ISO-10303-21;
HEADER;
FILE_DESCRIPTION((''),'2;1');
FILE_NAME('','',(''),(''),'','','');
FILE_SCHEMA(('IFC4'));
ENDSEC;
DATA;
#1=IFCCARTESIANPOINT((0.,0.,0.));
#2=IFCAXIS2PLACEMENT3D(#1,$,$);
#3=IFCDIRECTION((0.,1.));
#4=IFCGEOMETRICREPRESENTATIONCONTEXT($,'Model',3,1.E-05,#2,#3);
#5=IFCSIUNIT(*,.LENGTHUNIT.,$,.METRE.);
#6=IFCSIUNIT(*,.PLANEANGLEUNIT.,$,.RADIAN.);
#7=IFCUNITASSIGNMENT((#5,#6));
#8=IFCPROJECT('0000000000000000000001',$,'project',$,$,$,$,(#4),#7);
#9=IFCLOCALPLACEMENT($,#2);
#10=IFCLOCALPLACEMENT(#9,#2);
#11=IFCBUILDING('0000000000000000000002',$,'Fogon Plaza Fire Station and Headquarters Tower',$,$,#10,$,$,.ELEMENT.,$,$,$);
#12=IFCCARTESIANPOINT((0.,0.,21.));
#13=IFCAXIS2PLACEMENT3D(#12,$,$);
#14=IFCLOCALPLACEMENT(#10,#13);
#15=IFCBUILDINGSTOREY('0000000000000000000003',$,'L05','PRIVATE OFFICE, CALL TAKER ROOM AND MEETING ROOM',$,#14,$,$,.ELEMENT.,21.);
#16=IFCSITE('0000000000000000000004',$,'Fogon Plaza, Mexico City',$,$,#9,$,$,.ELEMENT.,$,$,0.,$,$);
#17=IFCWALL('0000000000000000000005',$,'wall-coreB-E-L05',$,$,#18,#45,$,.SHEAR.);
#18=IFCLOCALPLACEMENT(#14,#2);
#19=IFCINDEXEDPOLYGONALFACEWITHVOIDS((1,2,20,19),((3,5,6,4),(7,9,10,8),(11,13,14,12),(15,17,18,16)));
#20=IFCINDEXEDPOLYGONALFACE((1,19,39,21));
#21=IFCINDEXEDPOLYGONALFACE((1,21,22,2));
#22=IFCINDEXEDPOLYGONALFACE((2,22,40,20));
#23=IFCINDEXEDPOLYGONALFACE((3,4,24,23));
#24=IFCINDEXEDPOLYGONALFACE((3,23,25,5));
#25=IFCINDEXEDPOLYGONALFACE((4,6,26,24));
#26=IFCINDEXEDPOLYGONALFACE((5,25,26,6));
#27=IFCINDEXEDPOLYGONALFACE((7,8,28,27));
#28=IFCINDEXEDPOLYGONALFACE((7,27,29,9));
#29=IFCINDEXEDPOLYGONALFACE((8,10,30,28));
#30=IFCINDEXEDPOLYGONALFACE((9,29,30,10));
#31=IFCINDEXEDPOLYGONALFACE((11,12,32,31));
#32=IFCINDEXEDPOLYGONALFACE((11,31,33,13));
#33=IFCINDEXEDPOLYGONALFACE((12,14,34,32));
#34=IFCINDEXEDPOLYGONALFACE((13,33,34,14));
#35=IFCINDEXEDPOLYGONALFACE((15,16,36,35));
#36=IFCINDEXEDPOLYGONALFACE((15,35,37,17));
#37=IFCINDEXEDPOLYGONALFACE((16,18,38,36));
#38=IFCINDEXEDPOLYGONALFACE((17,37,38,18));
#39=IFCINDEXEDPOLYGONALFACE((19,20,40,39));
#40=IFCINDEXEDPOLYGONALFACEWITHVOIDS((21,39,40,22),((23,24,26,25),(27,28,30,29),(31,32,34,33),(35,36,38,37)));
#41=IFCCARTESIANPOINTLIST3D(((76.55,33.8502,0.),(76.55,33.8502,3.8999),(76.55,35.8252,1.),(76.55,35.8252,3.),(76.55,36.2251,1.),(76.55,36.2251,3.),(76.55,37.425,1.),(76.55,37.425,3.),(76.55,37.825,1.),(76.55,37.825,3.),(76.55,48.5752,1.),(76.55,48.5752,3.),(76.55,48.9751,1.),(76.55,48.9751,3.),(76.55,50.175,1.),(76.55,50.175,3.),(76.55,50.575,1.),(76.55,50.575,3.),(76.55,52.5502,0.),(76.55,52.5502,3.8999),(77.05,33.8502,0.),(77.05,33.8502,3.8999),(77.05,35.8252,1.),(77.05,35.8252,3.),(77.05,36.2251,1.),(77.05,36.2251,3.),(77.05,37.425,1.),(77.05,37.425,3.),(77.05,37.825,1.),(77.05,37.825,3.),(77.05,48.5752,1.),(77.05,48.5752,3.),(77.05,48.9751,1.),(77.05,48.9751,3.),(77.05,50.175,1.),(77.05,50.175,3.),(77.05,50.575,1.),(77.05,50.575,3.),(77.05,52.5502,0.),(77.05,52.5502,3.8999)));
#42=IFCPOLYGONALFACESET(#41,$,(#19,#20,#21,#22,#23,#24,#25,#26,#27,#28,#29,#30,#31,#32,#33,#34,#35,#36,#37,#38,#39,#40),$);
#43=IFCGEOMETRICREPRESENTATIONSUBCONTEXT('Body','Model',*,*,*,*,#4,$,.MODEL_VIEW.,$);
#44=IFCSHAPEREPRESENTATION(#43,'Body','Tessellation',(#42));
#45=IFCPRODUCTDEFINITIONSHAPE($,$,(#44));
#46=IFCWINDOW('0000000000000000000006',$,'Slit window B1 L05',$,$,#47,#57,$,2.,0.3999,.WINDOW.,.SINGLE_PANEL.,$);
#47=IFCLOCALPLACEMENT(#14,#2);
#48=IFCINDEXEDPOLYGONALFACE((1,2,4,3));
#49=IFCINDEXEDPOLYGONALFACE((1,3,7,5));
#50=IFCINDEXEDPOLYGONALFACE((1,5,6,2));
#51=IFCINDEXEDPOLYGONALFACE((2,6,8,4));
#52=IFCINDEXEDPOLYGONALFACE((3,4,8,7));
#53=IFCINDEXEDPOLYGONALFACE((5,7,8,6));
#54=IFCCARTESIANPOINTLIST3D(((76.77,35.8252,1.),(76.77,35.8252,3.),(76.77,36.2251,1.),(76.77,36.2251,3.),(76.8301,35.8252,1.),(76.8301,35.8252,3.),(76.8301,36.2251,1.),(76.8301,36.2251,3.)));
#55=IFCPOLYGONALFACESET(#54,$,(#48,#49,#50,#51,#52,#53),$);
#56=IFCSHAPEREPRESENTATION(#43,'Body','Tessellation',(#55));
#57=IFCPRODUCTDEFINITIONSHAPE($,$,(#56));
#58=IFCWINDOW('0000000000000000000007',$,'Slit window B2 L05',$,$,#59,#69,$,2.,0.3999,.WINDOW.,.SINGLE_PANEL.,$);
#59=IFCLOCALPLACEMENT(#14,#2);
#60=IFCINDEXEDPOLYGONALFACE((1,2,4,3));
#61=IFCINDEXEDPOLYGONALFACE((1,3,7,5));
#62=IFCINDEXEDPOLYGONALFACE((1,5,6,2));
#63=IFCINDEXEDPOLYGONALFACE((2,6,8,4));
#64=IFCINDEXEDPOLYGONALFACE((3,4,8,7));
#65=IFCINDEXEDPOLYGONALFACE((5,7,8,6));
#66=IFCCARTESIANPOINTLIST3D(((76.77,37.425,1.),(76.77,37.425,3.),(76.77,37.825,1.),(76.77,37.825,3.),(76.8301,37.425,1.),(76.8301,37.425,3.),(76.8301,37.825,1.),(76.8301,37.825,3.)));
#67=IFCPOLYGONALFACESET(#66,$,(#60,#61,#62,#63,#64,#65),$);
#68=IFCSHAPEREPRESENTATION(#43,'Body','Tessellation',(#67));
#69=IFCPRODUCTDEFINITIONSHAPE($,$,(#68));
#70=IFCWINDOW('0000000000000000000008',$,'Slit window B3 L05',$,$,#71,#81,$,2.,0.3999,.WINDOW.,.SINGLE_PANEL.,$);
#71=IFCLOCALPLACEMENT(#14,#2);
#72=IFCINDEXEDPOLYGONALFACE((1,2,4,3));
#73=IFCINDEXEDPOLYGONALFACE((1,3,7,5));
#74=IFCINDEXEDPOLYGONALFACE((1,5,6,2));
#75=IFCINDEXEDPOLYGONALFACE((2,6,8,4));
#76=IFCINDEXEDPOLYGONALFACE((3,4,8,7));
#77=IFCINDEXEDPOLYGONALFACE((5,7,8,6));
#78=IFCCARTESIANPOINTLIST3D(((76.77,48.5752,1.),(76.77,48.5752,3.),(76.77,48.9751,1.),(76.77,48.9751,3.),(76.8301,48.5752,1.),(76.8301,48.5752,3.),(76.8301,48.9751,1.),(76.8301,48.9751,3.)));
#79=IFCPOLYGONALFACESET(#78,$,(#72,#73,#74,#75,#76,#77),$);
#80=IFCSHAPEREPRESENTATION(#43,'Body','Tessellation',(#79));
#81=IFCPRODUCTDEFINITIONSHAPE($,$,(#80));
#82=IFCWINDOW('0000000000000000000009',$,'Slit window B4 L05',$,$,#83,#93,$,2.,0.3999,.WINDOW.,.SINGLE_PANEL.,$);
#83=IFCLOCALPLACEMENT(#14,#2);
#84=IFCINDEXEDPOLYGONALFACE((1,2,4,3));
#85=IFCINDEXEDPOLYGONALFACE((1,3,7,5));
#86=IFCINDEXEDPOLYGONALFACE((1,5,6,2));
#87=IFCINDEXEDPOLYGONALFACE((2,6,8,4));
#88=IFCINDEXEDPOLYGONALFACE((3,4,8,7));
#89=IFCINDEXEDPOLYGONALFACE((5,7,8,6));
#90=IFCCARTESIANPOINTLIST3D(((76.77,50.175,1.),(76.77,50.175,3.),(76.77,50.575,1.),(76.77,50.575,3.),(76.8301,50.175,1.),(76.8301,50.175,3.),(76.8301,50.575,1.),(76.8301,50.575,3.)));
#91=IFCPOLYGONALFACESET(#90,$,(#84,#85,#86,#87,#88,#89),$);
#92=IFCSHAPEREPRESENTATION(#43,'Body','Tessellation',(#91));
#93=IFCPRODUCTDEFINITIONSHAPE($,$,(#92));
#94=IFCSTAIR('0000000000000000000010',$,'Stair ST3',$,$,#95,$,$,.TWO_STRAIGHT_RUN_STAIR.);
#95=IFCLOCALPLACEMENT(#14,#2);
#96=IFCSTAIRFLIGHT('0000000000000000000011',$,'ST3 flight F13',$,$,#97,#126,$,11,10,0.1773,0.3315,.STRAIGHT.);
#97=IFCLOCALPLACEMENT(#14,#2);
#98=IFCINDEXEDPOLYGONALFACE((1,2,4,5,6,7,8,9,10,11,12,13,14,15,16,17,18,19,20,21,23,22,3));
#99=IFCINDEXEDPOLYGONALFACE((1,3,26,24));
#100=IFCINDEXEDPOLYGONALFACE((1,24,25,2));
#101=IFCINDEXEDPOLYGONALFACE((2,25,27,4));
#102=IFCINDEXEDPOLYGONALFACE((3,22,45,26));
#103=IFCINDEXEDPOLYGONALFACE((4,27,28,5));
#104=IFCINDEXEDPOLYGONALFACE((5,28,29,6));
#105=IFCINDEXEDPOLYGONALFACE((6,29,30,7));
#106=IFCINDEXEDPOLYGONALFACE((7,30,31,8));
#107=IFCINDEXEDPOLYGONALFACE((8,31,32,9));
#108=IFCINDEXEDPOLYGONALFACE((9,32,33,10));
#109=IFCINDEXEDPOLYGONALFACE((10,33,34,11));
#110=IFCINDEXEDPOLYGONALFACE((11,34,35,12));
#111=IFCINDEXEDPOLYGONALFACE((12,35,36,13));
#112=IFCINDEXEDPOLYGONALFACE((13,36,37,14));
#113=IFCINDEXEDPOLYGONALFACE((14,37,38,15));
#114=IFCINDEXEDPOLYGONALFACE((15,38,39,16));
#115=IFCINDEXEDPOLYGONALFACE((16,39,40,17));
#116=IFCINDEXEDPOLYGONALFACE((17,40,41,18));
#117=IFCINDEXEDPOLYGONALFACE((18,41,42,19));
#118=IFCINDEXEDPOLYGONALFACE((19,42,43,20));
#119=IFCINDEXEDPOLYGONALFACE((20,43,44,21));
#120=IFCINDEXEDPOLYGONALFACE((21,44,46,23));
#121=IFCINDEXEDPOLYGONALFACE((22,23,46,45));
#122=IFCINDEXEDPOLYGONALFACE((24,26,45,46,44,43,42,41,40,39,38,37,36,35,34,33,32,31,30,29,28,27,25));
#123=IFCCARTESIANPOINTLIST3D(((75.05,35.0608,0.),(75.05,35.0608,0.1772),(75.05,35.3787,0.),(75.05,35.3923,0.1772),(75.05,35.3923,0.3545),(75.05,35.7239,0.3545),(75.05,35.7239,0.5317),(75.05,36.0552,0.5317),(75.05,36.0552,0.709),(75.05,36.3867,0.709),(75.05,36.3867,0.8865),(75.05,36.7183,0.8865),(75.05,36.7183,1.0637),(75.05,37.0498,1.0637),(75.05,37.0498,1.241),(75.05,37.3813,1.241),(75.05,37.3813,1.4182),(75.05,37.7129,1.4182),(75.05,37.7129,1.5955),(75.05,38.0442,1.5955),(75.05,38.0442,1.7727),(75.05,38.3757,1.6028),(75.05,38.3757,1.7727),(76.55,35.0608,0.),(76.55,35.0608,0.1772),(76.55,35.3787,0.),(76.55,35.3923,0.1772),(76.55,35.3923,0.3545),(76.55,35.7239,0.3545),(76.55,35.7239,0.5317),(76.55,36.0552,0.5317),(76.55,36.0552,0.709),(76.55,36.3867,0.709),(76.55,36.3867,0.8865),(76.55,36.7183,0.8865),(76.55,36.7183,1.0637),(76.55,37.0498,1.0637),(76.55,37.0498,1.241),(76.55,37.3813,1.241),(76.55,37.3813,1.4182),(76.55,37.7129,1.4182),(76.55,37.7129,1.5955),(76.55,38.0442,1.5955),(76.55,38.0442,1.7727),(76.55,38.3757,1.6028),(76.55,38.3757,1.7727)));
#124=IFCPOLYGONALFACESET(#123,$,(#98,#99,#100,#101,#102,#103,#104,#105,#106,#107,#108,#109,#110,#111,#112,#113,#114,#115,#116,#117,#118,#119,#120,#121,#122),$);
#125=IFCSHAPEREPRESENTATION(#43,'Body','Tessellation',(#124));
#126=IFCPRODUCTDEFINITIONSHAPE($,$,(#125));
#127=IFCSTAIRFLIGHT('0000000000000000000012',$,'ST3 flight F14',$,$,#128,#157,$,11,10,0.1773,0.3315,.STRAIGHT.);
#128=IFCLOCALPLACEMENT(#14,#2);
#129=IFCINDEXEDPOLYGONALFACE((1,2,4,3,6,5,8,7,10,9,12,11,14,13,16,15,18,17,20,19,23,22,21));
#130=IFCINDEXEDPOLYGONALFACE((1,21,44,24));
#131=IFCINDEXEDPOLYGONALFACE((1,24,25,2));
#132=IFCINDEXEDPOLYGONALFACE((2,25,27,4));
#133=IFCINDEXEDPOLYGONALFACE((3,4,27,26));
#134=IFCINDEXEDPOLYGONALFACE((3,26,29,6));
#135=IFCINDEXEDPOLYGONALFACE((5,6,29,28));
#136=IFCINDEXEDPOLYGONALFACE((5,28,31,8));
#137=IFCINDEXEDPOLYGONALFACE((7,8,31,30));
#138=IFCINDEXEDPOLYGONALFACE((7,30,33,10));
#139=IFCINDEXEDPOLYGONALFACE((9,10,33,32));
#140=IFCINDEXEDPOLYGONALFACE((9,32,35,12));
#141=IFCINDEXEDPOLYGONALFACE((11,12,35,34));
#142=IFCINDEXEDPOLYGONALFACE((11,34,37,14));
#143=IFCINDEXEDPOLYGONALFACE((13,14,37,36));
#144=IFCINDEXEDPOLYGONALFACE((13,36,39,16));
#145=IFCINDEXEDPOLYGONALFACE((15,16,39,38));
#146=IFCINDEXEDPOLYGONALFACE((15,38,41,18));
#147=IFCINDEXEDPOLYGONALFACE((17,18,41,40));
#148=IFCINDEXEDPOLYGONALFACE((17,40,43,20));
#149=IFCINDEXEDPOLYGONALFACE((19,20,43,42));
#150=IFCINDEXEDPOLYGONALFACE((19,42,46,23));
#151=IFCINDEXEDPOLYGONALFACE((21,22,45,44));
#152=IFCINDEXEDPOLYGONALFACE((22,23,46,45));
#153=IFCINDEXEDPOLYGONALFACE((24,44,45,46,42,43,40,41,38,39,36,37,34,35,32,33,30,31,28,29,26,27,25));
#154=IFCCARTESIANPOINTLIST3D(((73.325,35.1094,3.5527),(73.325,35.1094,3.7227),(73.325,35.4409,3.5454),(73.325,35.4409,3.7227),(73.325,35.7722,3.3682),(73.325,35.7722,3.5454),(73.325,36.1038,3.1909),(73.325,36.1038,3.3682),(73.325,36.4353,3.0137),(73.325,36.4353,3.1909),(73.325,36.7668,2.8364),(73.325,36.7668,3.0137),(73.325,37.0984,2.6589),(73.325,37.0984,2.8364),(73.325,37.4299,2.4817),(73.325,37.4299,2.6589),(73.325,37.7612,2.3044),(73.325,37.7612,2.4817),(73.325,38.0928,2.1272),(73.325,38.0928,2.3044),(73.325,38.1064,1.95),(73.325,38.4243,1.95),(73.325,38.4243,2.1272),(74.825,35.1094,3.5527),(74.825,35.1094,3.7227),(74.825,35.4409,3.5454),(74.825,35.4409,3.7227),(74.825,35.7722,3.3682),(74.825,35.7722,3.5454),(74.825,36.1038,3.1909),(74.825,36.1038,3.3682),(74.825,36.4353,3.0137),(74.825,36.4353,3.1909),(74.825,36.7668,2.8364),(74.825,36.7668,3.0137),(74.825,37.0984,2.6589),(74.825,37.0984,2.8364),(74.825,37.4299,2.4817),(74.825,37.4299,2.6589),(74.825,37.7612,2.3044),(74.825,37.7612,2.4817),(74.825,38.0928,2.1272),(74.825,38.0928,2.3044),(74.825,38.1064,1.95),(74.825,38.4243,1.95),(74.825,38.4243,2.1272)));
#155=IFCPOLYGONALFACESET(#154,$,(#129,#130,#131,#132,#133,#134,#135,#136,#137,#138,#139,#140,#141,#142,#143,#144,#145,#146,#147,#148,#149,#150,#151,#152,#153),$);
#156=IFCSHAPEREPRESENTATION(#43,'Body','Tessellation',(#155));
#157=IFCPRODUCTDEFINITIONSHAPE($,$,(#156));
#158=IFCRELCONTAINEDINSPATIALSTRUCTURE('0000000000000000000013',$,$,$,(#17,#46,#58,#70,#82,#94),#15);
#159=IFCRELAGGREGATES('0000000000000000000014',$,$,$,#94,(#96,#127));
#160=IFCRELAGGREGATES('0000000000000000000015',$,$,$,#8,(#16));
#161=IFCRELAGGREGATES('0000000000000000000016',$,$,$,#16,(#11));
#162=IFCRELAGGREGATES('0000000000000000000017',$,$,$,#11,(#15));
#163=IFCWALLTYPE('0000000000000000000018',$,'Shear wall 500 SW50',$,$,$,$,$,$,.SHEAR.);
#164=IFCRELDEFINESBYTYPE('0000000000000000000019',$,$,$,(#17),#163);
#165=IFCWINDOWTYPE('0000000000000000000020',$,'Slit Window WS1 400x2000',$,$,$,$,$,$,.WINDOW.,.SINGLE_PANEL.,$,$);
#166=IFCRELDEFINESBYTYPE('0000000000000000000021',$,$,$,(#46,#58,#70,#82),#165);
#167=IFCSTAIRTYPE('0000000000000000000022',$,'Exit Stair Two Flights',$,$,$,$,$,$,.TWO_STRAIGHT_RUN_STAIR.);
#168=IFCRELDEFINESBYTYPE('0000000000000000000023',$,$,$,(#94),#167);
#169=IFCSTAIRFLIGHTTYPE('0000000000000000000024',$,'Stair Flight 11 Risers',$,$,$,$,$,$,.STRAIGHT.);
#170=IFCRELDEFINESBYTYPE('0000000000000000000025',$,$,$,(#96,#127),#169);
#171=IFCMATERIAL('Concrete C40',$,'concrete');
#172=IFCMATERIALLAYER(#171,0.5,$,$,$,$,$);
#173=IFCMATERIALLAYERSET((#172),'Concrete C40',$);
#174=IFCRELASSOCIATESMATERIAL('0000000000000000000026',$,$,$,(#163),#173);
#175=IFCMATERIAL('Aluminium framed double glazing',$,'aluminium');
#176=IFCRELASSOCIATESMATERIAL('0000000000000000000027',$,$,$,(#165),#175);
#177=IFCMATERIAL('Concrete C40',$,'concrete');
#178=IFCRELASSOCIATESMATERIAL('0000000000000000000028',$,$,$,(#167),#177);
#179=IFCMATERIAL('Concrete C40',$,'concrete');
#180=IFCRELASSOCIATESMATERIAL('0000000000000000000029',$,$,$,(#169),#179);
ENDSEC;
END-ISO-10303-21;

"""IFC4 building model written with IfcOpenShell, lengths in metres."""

from ifc_helpers import new_model, si_unit, direction, frame, frame_2d, origin, place, context, subcontext, project, spatial, polyline, rectangle, outline, extrude, material, layer, layer_set, type_object, element, fill, aggregate, save


model = new_model("IFC4")

# Units and contexts
model_context = context("Model", 3, precision=1e-05, world=origin(), true_north=direction((0.0, 1.0)))
body_context = subcontext(model_context, "Body", "Model", "MODEL_VIEW")
ifc_project = project(units=[si_unit("LENGTHUNIT", "METRE"), si_unit("PLANEANGLEUNIT", "RADIAN")], contexts=[model_context])

# Site, building, storey
site_placement = place(None, origin())
site = spatial("IfcSite", under=ifc_project, at=site_placement, Name="Fogon Plaza, Mexico City", CompositionType="ELEMENT", RefElevation=0.0)
building_placement = place(site_placement, origin())
building = spatial("IfcBuilding", under=site, at=building_placement, Name="Fogon Plaza Fire Station and Headquarters Tower", CompositionType="ELEMENT")
storey_placement = place(building_placement, frame((0.0, 0.0, 21.0)))
storey = spatial("IfcBuildingStorey", under=building, at=storey_placement, Name="L05", Description="PRIVATE OFFICE, CALL TAKER ROOM AND MEETING ROOM", CompositionType="ELEMENT", Elevation=21.0)

# Wall, openings, windows
ifc_material_1 = material(Name="Concrete C40", Category="concrete")
ifc_layer_1 = layer(ifc_material_1, 0.5)
ifc_layer_set_1 = layer_set([ifc_layer_1], Name="Concrete C40")
wall_type_1 = type_object("IfcWallType", Name="Shear wall 500 SW50", PredefinedType="SHEAR", material=ifc_layer_set_1)
wall_1_placement = place(storey_placement, frame((76.8, 33.8501, 0.0), z_axis=(0.0, 0.0, 1.0), x_axis=(0.0, 1.0, 0.0)))
wall_1 = element("IfcWall", 1, at=wall_1_placement, inside=storey, type_object=wall_type_1, Name="wall-coreB-E-L05", PredefinedType="SHEAR", context=body_context, shape_type="SweptSolid", body=[
    extrude(rectangle(XDim=18.7, YDim=0.5, at=frame_2d((9.3501, 0.0))), origin(), (0.0, 0.0, 1.0), 3.8999),
])
opening_1_placement = place(wall_1_placement, frame((1.9751, 0.0, 1.0)))
opening_1 = element("IfcOpeningElement", 2, at=opening_1_placement, cuts=wall_1, PredefinedType="OPENING", context=body_context, shape_type="SweptSolid", body=[
    extrude(rectangle(XDim=0.3999, YDim=2.0, at=frame_2d((0.2, 1.0))), frame((0.0, 0.26, 0.0), z_axis=(0.0, -1.0, 0.0), x_axis=(1.0, 0.0, 0.0)), (0.0, 0.0, 1.0), 0.52),
])
opening_2_placement = place(wall_1_placement, frame((3.575, 0.0, 1.0)))
opening_2 = element("IfcOpeningElement", 3, at=opening_2_placement, cuts=wall_1, PredefinedType="OPENING", context=body_context, shape_type="SweptSolid", body=[
    extrude(rectangle(XDim=0.3999, YDim=2.0, at=frame_2d((0.2, 1.0))), frame((0.0, 0.26, 0.0), z_axis=(0.0, -1.0, 0.0), x_axis=(1.0, 0.0, 0.0)), (0.0, 0.0, 1.0), 0.52),
])
opening_3_placement = place(wall_1_placement, frame((14.7251, 0.0, 1.0)))
opening_3 = element("IfcOpeningElement", 4, at=opening_3_placement, cuts=wall_1, PredefinedType="OPENING", context=body_context, shape_type="SweptSolid", body=[
    extrude(rectangle(XDim=0.3999, YDim=2.0, at=frame_2d((0.2, 1.0))), frame((0.0, 0.26, 0.0), z_axis=(0.0, -1.0, 0.0), x_axis=(1.0, 0.0, 0.0)), (0.0, 0.0, 1.0), 0.52),
])
opening_4_placement = place(wall_1_placement, frame((16.325, 0.0, 1.0)))
opening_4 = element("IfcOpeningElement", 5, at=opening_4_placement, cuts=wall_1, PredefinedType="OPENING", context=body_context, shape_type="SweptSolid", body=[
    extrude(rectangle(XDim=0.3999, YDim=2.0, at=frame_2d((0.2, 1.0))), frame((0.0, 0.26, 0.0), z_axis=(0.0, -1.0, 0.0), x_axis=(1.0, 0.0, 0.0)), (0.0, 0.0, 1.0), 0.52),
])
ifc_material_2 = material(Name="Aluminium framed double glazing", Category="aluminium")
window_type = type_object("IfcWindowType", Name="Slit Window WS1 400x2000", PartitioningType="SINGLE_PANEL", PredefinedType="WINDOW", material=ifc_material_2)
window_1_placement = place(opening_1_placement, origin())
window_1 = element("IfcWindow", 6, at=window_1_placement, inside=storey, type_object=window_type, Name="Slit window B1 L05", OverallHeight=2.0, OverallWidth=0.3999, PartitioningType="SINGLE_PANEL", PredefinedType="WINDOW", context=body_context, shape_type="SweptSolid", body=[
    extrude(rectangle(XDim=0.3999, YDim=2.0, at=frame_2d((0.2, 1.0))), frame((0.0, 0.03, 0.0), z_axis=(0.0, -1.0, 0.0), x_axis=(1.0, 0.0, 0.0)), (0.0, 0.0, 1.0), 0.0601),
])
fill(opening_1, window_1)
window_2_placement = place(opening_2_placement, origin())
window_2 = element("IfcWindow", 7, at=window_2_placement, inside=storey, type_object=window_type, Name="Slit window B2 L05", OverallHeight=2.0, OverallWidth=0.3999, PartitioningType="SINGLE_PANEL", PredefinedType="WINDOW", context=body_context, shape_type="SweptSolid", body=[
    extrude(rectangle(XDim=0.3999, YDim=2.0, at=frame_2d((0.2, 1.0))), frame((0.0, 0.03, 0.0), z_axis=(0.0, -1.0, 0.0), x_axis=(1.0, 0.0, 0.0)), (0.0, 0.0, 1.0), 0.0601),
])
fill(opening_2, window_2)
window_3_placement = place(opening_3_placement, origin())
window_3 = element("IfcWindow", 8, at=window_3_placement, inside=storey, type_object=window_type, Name="Slit window B3 L05", OverallHeight=2.0, OverallWidth=0.3999, PartitioningType="SINGLE_PANEL", PredefinedType="WINDOW", context=body_context, shape_type="SweptSolid", body=[
    extrude(rectangle(XDim=0.3999, YDim=2.0, at=frame_2d((0.2, 1.0))), frame((0.0, 0.03, 0.0), z_axis=(0.0, -1.0, 0.0), x_axis=(1.0, 0.0, 0.0)), (0.0, 0.0, 1.0), 0.0601),
])
fill(opening_3, window_3)
window_4_placement = place(opening_4_placement, origin())
window_4 = element("IfcWindow", 9, at=window_4_placement, inside=storey, type_object=window_type, Name="Slit window B4 L05", OverallHeight=2.0, OverallWidth=0.3999, PartitioningType="SINGLE_PANEL", PredefinedType="WINDOW", context=body_context, shape_type="SweptSolid", body=[
    extrude(rectangle(XDim=0.3999, YDim=2.0, at=frame_2d((0.2, 1.0))), frame((0.0, 0.03, 0.0), z_axis=(0.0, -1.0, 0.0), x_axis=(1.0, 0.0, 0.0)), (0.0, 0.0, 1.0), 0.0601),
])
fill(opening_4, window_4)

# Stair, stair flights
ifc_material_3 = material(Name="Concrete C40", Category="concrete")
stair_type = type_object("IfcStairType", Name="Exit Stair Two Flights", PredefinedType="TWO_STRAIGHT_RUN_STAIR", material=ifc_material_3)
stair_placement = place(storey_placement, origin())
stair = element("IfcStair", 10, at=stair_placement, inside=storey, type_object=stair_type, Name="Stair ST3", PredefinedType="TWO_STRAIGHT_RUN_STAIR")
ifc_material_4 = material(Name="Concrete C40", Category="concrete")
stair_flight_type = type_object("IfcStairFlightType", Name="Stair Flight 11 Risers", PredefinedType="STRAIGHT", material=ifc_material_4)
stair_flight_1_placement = place(storey_placement, frame((75.8, 35.0608, 0.0), z_axis=(0.0, 0.0, 1.0), x_axis=(0.0, 1.0, 0.0)))
stair_flight_1 = element("IfcStairFlight", 11, at=stair_flight_1_placement, type_object=stair_flight_type, Name="ST3 flight F13", NumberOfRisers=11, NumberOfTreads=10, PredefinedType="STRAIGHT", RiserHeight=0.1773, TreadLength=0.3315, context=body_context, shape_type="SweptSolid", body=[
    extrude(outline(polyline([(0.0, 0.0), (0.0, 0.1772), (0.3315, 0.1772), (0.3315, 0.3545), (0.6631, 0.3545), (0.6631, 0.5317), (0.9944, 0.5317), (0.9944, 0.709), (1.3259, 0.709), (1.3259, 0.8865), (1.6575, 0.8865), (1.6575, 1.0637), (1.989, 1.0637), (1.989, 1.241), (2.3206, 1.241), (2.3206, 1.4182), (2.6521, 1.4182), (2.6521, 1.5955), (2.9834, 1.5955), (2.9834, 1.7727), (3.3149, 1.7727), (3.3149, 1.95), (3.3149, 1.6028), (0.3179, 0.0), (0.0, 0.0)])), frame((0.0, 0.75, 0.0), z_axis=(0.0, -1.0, 0.0), x_axis=(1.0, 0.0, 0.0)), (0.0, 0.0, 1.0), 1.5),
])
stair_flight_2_placement = place(storey_placement, frame((74.075, 38.4243, 1.95), z_axis=(0.0, 0.0, 1.0), x_axis=(0.0, -1.0, 0.0)))
stair_flight_2 = element("IfcStairFlight", 12, at=stair_flight_2_placement, type_object=stair_flight_type, Name="ST3 flight F14", NumberOfRisers=11, NumberOfTreads=10, PredefinedType="STRAIGHT", RiserHeight=0.1773, TreadLength=0.3315, context=body_context, shape_type="SweptSolid", body=[
    extrude(outline(polyline([(0.0, 0.0), (0.0, 0.1772), (0.3315, 0.1772), (0.3315, 0.3545), (0.6631, 0.3545), (0.6631, 0.5317), (0.9944, 0.5317), (0.9944, 0.709), (1.3259, 0.709), (1.3259, 0.8865), (1.6575, 0.8865), (1.6575, 1.0637), (1.989, 1.0637), (1.989, 1.241), (2.3206, 1.241), (2.3206, 1.4182), (2.6521, 1.4182), (2.6521, 1.5955), (2.9834, 1.5955), (2.9834, 1.7727), (3.3149, 1.7727), (3.3149, 1.95), (3.3149, 1.6028), (0.3179, 0.0), (0.0, 0.0)])), frame((0.0, 0.75, 0.0), z_axis=(0.0, -1.0, 0.0), x_axis=(1.0, 0.0, 0.0)), (0.0, 0.0, 1.0), 1.5),
])
aggregate(stair, [stair_flight_1, stair_flight_2])

save(model, "model.ifc")
